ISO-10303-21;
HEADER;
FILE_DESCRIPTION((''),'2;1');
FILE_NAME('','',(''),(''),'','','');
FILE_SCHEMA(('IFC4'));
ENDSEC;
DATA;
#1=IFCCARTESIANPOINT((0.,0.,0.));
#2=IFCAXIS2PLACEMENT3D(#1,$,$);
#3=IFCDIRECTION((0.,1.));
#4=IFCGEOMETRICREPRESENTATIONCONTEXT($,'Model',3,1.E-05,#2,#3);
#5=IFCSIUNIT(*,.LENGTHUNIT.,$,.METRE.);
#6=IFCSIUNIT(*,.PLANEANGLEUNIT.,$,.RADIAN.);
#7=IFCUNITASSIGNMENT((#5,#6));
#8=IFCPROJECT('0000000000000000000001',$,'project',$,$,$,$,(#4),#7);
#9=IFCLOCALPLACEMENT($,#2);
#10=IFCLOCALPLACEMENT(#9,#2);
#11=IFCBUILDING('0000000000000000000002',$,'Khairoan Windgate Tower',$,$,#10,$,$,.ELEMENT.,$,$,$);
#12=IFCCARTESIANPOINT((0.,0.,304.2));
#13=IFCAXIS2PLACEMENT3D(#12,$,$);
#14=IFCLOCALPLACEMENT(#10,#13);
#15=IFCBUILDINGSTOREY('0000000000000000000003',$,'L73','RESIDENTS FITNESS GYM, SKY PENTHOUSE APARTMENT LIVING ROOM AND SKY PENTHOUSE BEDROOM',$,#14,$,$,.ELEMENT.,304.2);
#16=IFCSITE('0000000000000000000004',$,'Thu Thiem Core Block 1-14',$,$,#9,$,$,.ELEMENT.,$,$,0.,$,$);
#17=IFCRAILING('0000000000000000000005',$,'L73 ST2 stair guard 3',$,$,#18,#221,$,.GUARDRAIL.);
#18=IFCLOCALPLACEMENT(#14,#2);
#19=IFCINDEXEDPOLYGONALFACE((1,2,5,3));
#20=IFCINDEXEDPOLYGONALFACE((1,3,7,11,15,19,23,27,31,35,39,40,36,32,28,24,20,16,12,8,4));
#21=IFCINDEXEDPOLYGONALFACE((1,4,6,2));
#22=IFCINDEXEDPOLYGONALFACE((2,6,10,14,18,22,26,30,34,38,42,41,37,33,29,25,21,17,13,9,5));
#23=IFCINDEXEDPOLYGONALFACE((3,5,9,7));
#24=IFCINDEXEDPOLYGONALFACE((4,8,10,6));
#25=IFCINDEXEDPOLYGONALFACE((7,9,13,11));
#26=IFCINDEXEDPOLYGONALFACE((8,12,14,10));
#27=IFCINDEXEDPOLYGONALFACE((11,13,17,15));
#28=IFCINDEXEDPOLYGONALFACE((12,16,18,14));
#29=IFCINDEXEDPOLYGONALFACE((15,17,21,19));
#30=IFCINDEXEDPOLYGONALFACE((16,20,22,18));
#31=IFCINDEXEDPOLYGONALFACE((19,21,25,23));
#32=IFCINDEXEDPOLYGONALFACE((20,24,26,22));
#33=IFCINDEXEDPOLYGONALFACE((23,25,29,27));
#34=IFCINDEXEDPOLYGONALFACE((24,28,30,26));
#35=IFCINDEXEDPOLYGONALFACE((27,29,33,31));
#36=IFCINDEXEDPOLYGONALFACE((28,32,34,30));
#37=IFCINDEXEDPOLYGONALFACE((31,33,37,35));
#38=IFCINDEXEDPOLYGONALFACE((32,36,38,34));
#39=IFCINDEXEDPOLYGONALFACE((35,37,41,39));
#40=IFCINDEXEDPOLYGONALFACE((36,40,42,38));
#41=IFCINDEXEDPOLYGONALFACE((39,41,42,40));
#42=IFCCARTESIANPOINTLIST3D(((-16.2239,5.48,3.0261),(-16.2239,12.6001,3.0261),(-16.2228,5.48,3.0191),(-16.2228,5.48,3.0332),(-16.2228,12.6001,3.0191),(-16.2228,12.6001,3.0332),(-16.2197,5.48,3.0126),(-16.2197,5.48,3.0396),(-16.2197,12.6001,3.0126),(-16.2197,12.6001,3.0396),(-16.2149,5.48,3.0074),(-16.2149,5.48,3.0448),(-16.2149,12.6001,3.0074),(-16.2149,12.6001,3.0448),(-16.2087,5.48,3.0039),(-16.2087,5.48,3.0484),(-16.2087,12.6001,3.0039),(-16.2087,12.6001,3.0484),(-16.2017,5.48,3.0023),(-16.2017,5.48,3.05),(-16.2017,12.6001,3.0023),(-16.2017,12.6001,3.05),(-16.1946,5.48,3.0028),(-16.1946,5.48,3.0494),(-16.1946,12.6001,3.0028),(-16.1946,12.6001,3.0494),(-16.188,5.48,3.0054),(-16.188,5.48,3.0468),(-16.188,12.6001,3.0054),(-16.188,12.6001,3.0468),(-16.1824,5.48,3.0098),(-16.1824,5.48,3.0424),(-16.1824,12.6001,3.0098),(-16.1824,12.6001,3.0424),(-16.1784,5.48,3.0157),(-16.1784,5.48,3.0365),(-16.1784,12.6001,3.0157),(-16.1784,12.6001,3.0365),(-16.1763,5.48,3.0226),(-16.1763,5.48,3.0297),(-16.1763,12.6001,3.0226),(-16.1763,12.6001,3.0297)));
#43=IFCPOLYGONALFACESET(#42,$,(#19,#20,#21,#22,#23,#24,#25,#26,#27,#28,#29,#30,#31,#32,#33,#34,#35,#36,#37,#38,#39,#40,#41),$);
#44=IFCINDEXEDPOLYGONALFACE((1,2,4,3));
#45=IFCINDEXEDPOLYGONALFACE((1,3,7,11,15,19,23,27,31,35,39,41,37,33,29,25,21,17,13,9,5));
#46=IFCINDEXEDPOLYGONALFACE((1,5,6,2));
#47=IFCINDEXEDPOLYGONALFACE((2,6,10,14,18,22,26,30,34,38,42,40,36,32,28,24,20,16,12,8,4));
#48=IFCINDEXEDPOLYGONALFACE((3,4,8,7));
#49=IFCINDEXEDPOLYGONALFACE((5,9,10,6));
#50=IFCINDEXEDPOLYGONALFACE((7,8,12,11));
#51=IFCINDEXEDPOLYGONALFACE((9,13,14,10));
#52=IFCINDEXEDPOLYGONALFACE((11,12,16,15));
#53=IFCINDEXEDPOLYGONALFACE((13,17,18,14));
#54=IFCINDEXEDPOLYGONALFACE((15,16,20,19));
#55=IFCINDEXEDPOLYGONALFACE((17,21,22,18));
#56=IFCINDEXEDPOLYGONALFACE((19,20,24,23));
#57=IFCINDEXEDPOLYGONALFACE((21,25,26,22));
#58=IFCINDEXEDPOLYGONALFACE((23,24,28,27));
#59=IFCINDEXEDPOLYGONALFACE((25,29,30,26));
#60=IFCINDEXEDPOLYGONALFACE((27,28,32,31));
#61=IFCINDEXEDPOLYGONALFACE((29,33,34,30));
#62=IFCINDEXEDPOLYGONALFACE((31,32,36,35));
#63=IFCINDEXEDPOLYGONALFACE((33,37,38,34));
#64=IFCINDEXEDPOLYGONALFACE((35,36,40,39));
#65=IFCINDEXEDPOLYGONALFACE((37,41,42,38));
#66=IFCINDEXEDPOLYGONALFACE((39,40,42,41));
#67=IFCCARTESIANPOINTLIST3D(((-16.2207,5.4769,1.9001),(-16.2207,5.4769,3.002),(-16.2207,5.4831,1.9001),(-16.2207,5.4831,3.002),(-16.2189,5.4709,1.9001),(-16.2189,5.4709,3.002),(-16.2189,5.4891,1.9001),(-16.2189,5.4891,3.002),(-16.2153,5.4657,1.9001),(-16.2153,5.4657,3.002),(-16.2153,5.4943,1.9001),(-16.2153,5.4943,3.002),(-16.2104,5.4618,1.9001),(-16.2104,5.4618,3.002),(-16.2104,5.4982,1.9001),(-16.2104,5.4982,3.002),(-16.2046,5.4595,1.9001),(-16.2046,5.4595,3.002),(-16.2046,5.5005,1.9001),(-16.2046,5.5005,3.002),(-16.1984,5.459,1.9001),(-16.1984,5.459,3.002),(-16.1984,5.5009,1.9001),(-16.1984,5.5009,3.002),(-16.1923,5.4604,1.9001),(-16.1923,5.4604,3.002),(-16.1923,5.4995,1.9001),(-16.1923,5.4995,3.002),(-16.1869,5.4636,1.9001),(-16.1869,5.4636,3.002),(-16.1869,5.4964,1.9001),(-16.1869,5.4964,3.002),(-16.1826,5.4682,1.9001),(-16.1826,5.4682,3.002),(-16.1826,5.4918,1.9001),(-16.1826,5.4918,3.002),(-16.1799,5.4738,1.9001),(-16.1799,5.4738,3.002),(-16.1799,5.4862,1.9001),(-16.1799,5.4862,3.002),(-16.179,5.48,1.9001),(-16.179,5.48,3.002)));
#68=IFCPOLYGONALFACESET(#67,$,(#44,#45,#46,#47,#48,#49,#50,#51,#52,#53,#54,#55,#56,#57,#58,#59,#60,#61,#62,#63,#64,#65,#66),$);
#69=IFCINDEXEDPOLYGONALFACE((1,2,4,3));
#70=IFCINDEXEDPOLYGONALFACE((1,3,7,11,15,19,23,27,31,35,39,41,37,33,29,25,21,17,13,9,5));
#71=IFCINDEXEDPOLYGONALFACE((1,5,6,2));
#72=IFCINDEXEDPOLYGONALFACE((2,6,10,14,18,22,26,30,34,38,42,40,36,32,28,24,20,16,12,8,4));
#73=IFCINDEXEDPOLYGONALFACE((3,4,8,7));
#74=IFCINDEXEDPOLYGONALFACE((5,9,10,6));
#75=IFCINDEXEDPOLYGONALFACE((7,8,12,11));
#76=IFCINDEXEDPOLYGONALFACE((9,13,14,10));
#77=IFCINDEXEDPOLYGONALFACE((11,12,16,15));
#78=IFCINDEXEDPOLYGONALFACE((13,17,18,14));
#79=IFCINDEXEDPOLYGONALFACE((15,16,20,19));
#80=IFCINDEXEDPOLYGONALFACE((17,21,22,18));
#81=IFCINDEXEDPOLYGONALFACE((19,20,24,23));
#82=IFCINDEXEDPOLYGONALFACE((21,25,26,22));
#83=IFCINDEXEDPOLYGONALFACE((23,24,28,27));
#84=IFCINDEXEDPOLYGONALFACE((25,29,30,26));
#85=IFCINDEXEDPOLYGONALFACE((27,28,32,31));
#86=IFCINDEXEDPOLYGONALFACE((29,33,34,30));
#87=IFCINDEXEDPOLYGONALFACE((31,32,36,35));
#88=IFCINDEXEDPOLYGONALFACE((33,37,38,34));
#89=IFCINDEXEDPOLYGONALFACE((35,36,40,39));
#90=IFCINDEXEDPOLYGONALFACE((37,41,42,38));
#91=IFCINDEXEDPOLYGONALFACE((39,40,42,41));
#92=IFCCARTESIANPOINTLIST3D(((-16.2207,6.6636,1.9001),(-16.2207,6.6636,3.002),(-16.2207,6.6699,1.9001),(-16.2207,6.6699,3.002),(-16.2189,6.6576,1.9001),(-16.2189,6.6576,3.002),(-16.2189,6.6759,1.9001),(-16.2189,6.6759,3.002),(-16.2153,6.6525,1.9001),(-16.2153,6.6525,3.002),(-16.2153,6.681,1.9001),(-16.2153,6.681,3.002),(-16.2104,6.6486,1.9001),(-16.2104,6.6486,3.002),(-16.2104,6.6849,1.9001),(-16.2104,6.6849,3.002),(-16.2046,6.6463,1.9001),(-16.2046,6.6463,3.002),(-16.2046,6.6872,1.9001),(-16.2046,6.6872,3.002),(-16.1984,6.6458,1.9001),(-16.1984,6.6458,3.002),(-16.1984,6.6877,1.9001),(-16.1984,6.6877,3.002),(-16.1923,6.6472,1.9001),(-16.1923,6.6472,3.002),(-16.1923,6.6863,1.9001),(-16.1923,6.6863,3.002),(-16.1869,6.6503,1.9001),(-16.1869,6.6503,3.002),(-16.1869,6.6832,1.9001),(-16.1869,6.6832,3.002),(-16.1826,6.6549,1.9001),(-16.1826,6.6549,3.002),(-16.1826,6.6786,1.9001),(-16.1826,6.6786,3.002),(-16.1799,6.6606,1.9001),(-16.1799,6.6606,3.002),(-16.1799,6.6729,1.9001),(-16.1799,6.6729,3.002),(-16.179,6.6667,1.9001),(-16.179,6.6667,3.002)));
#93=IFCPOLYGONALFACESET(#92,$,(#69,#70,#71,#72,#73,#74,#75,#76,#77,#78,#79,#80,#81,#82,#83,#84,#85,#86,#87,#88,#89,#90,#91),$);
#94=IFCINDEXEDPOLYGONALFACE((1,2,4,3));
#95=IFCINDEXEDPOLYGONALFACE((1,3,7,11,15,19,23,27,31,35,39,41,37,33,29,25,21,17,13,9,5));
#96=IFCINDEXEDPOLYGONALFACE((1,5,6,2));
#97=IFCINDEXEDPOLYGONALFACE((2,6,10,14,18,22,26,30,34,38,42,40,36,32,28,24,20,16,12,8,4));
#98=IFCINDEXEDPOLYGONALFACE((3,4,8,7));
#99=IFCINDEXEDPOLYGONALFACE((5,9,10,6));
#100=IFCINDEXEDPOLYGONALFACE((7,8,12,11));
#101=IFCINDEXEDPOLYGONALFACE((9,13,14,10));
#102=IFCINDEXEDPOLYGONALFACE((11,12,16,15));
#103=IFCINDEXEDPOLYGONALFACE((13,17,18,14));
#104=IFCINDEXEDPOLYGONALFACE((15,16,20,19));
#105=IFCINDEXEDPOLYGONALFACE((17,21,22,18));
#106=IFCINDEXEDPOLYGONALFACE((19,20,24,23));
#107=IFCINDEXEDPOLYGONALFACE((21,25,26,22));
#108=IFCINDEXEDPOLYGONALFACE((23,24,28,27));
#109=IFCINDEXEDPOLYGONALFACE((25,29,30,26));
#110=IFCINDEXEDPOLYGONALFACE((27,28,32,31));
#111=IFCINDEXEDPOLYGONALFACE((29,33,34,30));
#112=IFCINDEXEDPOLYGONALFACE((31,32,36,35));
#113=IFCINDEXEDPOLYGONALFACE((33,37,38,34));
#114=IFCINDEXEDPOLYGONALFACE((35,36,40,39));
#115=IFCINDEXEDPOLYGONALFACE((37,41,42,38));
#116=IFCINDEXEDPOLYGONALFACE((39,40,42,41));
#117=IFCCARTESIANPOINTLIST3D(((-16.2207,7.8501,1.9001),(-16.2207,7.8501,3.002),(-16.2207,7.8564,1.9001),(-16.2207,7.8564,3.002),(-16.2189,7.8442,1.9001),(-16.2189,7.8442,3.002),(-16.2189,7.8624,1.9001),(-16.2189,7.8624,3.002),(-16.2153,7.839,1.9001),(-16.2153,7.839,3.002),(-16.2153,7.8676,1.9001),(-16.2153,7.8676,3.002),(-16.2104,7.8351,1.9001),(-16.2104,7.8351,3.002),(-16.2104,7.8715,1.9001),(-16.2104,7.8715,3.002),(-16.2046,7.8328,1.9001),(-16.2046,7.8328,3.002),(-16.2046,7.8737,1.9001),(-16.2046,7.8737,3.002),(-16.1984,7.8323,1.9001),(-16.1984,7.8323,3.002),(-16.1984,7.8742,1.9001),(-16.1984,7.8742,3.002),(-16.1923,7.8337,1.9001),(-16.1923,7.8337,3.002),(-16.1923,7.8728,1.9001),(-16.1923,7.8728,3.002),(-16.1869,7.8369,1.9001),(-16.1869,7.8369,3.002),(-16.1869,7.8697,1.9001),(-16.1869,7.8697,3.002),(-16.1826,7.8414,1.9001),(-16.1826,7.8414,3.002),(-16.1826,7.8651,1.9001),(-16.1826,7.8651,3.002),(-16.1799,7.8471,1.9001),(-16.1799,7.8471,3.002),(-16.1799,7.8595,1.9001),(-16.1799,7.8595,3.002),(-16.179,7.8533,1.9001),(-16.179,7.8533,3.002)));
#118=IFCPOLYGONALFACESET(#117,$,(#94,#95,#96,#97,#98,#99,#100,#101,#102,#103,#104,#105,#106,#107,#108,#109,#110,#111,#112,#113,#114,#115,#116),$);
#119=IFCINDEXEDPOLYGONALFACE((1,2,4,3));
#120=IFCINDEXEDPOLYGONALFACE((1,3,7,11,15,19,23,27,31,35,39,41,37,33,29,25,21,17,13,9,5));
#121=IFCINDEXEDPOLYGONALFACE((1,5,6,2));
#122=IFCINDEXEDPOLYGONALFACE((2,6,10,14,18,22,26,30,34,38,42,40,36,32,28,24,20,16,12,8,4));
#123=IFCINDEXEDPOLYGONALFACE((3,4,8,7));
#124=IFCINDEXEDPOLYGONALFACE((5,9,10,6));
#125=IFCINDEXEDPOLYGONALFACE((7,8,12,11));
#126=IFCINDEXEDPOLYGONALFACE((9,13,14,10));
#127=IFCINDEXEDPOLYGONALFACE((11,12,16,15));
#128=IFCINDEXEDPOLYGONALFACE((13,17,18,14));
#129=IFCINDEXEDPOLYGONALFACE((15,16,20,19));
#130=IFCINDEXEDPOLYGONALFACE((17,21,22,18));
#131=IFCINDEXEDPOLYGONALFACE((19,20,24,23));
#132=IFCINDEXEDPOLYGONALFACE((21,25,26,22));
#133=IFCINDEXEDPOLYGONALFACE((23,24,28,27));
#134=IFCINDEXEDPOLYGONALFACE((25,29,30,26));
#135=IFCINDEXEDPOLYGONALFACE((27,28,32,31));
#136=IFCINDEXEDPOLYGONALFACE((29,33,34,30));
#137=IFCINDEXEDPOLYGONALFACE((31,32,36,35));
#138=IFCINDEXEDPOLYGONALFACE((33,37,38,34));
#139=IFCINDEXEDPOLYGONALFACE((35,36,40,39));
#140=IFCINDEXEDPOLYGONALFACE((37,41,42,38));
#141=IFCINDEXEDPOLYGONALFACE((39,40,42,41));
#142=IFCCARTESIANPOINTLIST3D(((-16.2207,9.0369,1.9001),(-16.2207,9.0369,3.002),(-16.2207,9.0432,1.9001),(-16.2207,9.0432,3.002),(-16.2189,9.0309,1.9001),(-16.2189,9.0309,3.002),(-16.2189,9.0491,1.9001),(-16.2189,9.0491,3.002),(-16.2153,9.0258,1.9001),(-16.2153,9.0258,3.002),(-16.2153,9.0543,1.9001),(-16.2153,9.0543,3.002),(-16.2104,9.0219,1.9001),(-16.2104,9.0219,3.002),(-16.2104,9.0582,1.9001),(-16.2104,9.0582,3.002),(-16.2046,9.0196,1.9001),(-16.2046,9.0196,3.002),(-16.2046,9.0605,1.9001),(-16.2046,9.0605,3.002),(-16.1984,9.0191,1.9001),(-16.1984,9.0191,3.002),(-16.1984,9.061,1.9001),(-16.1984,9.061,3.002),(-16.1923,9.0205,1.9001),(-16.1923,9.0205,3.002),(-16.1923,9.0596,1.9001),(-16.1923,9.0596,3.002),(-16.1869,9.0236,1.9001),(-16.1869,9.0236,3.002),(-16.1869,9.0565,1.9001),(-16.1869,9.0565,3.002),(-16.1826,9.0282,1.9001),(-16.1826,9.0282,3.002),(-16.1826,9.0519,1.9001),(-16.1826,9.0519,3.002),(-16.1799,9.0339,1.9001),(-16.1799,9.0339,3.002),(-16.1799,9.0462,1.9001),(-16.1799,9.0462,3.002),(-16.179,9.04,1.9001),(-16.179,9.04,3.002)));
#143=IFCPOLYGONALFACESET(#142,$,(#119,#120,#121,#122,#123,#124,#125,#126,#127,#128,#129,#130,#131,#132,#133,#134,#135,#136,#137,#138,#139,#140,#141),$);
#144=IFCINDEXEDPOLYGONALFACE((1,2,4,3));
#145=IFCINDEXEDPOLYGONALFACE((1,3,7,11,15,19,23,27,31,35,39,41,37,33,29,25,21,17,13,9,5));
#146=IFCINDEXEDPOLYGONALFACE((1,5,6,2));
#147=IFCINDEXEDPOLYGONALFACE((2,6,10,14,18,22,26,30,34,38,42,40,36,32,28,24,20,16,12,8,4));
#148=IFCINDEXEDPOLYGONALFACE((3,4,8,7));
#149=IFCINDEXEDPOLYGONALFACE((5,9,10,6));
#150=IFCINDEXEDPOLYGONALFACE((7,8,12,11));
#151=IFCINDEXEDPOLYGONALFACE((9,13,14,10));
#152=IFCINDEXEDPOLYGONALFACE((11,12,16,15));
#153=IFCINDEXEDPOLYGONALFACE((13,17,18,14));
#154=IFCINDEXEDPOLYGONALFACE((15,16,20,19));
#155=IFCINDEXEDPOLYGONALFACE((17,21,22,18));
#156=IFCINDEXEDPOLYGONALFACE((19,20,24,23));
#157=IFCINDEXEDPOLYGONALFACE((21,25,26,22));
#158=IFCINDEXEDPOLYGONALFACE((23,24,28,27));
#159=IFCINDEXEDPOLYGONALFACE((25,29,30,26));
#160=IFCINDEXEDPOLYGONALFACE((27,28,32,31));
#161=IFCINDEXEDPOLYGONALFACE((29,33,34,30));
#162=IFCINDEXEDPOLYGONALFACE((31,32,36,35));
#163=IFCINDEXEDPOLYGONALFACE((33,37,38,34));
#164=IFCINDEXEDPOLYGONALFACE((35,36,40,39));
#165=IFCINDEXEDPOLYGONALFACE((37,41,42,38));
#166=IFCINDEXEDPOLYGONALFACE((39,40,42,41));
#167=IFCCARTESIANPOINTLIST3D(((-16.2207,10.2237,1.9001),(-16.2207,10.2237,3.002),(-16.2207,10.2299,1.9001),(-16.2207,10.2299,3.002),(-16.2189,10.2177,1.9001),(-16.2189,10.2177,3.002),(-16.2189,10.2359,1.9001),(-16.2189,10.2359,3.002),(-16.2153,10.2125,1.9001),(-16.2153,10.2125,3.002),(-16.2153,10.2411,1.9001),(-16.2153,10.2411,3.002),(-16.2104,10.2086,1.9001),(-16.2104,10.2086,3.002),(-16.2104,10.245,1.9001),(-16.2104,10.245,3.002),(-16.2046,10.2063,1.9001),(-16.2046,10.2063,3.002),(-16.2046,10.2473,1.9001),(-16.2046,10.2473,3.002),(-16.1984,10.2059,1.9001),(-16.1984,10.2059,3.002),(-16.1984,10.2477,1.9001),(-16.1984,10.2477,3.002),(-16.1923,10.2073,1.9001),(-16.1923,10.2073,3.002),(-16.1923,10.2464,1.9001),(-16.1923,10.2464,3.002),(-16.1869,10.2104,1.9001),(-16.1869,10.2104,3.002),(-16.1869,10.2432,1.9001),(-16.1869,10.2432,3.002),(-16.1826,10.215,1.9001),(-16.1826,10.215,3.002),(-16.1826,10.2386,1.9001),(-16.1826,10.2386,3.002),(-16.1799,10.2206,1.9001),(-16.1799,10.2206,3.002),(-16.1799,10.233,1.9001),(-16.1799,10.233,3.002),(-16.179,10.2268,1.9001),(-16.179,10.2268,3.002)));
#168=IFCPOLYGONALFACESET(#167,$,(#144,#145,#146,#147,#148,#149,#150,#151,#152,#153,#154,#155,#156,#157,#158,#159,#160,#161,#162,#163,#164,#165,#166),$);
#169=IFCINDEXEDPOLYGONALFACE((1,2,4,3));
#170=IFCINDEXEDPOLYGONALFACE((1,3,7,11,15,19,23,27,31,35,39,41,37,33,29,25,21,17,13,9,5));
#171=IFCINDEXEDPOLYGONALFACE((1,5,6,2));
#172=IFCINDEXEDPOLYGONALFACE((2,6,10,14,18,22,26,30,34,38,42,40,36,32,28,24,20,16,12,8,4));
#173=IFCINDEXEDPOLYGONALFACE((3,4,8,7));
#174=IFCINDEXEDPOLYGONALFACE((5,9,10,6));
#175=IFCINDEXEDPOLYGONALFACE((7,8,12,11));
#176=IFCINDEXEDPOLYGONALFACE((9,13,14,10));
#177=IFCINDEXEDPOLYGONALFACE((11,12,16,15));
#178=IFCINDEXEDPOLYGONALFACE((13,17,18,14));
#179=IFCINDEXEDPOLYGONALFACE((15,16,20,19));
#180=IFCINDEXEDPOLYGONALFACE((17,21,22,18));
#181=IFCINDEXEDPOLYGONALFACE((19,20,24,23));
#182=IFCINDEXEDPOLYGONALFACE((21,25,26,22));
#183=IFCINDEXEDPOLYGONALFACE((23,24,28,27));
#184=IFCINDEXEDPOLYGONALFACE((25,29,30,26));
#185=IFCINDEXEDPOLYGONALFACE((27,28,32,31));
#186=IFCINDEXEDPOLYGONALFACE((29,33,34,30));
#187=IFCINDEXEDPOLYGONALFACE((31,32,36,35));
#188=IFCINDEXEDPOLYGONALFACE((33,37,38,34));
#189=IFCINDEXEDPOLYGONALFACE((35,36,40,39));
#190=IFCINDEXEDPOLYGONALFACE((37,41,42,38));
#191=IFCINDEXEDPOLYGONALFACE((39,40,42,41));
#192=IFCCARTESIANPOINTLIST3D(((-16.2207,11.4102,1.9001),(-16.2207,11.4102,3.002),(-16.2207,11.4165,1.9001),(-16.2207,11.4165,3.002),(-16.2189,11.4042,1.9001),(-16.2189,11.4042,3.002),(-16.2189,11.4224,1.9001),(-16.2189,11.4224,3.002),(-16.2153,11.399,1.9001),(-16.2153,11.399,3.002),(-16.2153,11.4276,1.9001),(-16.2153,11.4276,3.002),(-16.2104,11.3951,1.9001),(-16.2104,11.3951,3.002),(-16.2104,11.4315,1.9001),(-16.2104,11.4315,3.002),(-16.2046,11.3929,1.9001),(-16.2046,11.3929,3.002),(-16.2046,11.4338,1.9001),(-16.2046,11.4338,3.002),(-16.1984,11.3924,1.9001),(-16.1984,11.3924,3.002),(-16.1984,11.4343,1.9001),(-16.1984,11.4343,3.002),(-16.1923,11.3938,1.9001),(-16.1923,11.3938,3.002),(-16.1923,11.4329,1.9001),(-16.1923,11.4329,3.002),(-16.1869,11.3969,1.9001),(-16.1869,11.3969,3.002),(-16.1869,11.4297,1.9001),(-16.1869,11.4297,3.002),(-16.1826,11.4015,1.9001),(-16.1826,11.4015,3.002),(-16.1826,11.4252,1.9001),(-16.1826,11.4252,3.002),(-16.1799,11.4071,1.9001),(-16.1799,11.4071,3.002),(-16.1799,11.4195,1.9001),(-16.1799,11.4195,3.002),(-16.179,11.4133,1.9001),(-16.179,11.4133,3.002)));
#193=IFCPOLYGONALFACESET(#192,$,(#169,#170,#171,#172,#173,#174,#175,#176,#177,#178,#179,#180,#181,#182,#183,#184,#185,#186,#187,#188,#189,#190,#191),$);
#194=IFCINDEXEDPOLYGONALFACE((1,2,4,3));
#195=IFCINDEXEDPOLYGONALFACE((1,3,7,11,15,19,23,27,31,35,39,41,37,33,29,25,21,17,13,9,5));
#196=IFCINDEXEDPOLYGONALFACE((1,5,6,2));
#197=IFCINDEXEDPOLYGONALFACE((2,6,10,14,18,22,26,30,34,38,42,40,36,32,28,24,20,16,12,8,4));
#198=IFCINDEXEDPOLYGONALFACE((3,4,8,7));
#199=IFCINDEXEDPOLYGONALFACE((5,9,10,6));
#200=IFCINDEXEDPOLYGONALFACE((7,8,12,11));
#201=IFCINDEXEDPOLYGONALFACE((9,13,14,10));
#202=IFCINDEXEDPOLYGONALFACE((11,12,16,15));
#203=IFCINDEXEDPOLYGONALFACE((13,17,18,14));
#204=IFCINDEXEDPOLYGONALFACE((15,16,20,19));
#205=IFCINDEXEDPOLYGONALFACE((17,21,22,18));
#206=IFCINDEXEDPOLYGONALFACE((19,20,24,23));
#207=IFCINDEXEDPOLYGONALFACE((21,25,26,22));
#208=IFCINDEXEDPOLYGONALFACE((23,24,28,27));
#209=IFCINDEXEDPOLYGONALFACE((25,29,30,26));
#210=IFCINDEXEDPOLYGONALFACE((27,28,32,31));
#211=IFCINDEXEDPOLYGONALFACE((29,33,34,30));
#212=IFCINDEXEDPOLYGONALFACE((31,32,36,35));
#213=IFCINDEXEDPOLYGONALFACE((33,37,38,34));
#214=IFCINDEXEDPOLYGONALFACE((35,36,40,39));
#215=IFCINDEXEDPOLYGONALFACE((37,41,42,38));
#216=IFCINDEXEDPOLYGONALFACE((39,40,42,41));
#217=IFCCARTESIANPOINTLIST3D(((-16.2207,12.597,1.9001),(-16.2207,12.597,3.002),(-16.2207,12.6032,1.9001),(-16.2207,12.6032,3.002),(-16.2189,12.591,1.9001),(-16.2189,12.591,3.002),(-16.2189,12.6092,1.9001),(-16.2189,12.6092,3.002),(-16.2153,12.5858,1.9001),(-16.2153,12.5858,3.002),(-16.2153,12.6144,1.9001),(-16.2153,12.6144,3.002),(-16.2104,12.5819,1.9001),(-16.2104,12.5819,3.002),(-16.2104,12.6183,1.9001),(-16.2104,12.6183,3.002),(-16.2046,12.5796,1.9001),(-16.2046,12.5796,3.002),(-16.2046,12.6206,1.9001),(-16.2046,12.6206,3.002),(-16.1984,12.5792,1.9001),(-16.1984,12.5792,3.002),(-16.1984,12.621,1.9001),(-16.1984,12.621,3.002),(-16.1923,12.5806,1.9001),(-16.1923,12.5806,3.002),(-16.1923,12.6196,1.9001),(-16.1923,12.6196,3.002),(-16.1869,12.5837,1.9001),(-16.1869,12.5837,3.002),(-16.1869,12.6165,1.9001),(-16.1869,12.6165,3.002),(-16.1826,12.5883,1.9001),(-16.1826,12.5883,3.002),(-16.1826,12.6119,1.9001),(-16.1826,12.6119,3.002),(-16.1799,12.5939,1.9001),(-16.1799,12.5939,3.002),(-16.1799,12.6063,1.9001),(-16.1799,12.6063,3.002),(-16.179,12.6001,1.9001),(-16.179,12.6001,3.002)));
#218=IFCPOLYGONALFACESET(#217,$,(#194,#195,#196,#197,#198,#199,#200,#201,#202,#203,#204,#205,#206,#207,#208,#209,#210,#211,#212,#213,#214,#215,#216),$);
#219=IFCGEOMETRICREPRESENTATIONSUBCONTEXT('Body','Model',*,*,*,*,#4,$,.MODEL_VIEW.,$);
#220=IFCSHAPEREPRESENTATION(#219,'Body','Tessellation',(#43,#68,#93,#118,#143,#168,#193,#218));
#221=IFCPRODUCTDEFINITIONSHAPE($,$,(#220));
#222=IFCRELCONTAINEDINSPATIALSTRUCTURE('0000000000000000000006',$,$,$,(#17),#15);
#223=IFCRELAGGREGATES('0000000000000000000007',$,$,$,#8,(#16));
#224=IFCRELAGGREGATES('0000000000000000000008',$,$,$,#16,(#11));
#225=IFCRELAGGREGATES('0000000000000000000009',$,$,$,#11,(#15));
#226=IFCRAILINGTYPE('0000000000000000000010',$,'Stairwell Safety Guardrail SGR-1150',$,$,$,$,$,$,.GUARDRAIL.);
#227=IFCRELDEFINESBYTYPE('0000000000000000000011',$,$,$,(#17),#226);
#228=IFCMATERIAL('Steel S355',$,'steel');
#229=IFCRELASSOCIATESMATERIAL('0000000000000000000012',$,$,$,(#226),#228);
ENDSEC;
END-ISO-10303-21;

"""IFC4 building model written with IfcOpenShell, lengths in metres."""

from ifc_helpers import new_model, si_unit, direction, frame, origin, origin_2d, place, context, subcontext, project, spatial, circle, extrude, material, type_object, element, save


model = new_model("IFC4")

# Units and contexts
model_context = context("Model", 3, precision=1e-05, world=origin(), true_north=direction((0.0, 1.0)))
body_context = subcontext(model_context, "Body", "Model", "MODEL_VIEW")
ifc_project = project(units=[si_unit("LENGTHUNIT", "METRE"), si_unit("PLANEANGLEUNIT", "RADIAN")], contexts=[model_context])

# Site, building, storey
site_placement = place(None, origin())
site = spatial("IfcSite", under=ifc_project, at=site_placement, Name="Thu Thiem Core Block 1-14", CompositionType="ELEMENT", RefElevation=0.0)
building_placement = place(site_placement, origin())
building = spatial("IfcBuilding", under=site, at=building_placement, Name="Khairoan Windgate Tower", CompositionType="ELEMENT")
storey_placement = place(building_placement, frame((0.0, 0.0, 304.2)))
storey = spatial("IfcBuildingStorey", under=building, at=storey_placement, Name="L73", Description="RESIDENTS FITNESS GYM, SKY PENTHOUSE APARTMENT LIVING ROOM AND SKY PENTHOUSE BEDROOM", CompositionType="ELEMENT", Elevation=304.2)

# Railing
ifc_material_1 = material(Name="Steel S355", Category="steel")
railing_type_1 = type_object("IfcRailingType", Name="Stairwell Safety Guardrail SGR-1150", PredefinedType="GUARDRAIL", material=ifc_material_1)
railing_1_placement = place(storey_placement, frame((-16.2, 5.48, 1.9001)))
element("IfcRailing", 1, at=railing_1_placement, inside=storey, type_object=railing_type_1, Name="L73 ST2 stair guard 3", PredefinedType="GUARDRAIL", context=body_context, shape_type="SweptSolid", body=[
    extrude(circle(Radius=0.0239, at=origin_2d()), frame((0.0, 0.0, 1.126), z_axis=(0.0, 1.0, 0.0), x_axis=(-1.0, 0.0, 0.0)), (0.0, 0.0, 1.0), 7.1201),
    extrude(circle(Radius=0.021, at=origin_2d()), origin(), (0.0, 0.0, 1.0), 1.1018),
    extrude(circle(Radius=0.021, at=origin_2d()), frame((0.0, 1.1868, 0.0)), (0.0, 0.0, 1.0), 1.1018),
    extrude(circle(Radius=0.021, at=origin_2d()), frame((0.0, 2.3733, 0.0)), (0.0, 0.0, 1.0), 1.1018),
    extrude(circle(Radius=0.021, at=origin_2d()), frame((0.0, 3.5601, 0.0)), (0.0, 0.0, 1.0), 1.1018),
    extrude(circle(Radius=0.021, at=origin_2d()), frame((0.0, 4.7468, 0.0)), (0.0, 0.0, 1.0), 1.1018),
    extrude(circle(Radius=0.021, at=origin_2d()), frame((0.0, 5.9333, 0.0)), (0.0, 0.0, 1.0), 1.1018),
    extrude(circle(Radius=0.021, at=origin_2d()), frame((0.0, 7.1201, 0.0)), (0.0, 0.0, 1.0), 1.1018),
])

save(model, "model.ifc")
